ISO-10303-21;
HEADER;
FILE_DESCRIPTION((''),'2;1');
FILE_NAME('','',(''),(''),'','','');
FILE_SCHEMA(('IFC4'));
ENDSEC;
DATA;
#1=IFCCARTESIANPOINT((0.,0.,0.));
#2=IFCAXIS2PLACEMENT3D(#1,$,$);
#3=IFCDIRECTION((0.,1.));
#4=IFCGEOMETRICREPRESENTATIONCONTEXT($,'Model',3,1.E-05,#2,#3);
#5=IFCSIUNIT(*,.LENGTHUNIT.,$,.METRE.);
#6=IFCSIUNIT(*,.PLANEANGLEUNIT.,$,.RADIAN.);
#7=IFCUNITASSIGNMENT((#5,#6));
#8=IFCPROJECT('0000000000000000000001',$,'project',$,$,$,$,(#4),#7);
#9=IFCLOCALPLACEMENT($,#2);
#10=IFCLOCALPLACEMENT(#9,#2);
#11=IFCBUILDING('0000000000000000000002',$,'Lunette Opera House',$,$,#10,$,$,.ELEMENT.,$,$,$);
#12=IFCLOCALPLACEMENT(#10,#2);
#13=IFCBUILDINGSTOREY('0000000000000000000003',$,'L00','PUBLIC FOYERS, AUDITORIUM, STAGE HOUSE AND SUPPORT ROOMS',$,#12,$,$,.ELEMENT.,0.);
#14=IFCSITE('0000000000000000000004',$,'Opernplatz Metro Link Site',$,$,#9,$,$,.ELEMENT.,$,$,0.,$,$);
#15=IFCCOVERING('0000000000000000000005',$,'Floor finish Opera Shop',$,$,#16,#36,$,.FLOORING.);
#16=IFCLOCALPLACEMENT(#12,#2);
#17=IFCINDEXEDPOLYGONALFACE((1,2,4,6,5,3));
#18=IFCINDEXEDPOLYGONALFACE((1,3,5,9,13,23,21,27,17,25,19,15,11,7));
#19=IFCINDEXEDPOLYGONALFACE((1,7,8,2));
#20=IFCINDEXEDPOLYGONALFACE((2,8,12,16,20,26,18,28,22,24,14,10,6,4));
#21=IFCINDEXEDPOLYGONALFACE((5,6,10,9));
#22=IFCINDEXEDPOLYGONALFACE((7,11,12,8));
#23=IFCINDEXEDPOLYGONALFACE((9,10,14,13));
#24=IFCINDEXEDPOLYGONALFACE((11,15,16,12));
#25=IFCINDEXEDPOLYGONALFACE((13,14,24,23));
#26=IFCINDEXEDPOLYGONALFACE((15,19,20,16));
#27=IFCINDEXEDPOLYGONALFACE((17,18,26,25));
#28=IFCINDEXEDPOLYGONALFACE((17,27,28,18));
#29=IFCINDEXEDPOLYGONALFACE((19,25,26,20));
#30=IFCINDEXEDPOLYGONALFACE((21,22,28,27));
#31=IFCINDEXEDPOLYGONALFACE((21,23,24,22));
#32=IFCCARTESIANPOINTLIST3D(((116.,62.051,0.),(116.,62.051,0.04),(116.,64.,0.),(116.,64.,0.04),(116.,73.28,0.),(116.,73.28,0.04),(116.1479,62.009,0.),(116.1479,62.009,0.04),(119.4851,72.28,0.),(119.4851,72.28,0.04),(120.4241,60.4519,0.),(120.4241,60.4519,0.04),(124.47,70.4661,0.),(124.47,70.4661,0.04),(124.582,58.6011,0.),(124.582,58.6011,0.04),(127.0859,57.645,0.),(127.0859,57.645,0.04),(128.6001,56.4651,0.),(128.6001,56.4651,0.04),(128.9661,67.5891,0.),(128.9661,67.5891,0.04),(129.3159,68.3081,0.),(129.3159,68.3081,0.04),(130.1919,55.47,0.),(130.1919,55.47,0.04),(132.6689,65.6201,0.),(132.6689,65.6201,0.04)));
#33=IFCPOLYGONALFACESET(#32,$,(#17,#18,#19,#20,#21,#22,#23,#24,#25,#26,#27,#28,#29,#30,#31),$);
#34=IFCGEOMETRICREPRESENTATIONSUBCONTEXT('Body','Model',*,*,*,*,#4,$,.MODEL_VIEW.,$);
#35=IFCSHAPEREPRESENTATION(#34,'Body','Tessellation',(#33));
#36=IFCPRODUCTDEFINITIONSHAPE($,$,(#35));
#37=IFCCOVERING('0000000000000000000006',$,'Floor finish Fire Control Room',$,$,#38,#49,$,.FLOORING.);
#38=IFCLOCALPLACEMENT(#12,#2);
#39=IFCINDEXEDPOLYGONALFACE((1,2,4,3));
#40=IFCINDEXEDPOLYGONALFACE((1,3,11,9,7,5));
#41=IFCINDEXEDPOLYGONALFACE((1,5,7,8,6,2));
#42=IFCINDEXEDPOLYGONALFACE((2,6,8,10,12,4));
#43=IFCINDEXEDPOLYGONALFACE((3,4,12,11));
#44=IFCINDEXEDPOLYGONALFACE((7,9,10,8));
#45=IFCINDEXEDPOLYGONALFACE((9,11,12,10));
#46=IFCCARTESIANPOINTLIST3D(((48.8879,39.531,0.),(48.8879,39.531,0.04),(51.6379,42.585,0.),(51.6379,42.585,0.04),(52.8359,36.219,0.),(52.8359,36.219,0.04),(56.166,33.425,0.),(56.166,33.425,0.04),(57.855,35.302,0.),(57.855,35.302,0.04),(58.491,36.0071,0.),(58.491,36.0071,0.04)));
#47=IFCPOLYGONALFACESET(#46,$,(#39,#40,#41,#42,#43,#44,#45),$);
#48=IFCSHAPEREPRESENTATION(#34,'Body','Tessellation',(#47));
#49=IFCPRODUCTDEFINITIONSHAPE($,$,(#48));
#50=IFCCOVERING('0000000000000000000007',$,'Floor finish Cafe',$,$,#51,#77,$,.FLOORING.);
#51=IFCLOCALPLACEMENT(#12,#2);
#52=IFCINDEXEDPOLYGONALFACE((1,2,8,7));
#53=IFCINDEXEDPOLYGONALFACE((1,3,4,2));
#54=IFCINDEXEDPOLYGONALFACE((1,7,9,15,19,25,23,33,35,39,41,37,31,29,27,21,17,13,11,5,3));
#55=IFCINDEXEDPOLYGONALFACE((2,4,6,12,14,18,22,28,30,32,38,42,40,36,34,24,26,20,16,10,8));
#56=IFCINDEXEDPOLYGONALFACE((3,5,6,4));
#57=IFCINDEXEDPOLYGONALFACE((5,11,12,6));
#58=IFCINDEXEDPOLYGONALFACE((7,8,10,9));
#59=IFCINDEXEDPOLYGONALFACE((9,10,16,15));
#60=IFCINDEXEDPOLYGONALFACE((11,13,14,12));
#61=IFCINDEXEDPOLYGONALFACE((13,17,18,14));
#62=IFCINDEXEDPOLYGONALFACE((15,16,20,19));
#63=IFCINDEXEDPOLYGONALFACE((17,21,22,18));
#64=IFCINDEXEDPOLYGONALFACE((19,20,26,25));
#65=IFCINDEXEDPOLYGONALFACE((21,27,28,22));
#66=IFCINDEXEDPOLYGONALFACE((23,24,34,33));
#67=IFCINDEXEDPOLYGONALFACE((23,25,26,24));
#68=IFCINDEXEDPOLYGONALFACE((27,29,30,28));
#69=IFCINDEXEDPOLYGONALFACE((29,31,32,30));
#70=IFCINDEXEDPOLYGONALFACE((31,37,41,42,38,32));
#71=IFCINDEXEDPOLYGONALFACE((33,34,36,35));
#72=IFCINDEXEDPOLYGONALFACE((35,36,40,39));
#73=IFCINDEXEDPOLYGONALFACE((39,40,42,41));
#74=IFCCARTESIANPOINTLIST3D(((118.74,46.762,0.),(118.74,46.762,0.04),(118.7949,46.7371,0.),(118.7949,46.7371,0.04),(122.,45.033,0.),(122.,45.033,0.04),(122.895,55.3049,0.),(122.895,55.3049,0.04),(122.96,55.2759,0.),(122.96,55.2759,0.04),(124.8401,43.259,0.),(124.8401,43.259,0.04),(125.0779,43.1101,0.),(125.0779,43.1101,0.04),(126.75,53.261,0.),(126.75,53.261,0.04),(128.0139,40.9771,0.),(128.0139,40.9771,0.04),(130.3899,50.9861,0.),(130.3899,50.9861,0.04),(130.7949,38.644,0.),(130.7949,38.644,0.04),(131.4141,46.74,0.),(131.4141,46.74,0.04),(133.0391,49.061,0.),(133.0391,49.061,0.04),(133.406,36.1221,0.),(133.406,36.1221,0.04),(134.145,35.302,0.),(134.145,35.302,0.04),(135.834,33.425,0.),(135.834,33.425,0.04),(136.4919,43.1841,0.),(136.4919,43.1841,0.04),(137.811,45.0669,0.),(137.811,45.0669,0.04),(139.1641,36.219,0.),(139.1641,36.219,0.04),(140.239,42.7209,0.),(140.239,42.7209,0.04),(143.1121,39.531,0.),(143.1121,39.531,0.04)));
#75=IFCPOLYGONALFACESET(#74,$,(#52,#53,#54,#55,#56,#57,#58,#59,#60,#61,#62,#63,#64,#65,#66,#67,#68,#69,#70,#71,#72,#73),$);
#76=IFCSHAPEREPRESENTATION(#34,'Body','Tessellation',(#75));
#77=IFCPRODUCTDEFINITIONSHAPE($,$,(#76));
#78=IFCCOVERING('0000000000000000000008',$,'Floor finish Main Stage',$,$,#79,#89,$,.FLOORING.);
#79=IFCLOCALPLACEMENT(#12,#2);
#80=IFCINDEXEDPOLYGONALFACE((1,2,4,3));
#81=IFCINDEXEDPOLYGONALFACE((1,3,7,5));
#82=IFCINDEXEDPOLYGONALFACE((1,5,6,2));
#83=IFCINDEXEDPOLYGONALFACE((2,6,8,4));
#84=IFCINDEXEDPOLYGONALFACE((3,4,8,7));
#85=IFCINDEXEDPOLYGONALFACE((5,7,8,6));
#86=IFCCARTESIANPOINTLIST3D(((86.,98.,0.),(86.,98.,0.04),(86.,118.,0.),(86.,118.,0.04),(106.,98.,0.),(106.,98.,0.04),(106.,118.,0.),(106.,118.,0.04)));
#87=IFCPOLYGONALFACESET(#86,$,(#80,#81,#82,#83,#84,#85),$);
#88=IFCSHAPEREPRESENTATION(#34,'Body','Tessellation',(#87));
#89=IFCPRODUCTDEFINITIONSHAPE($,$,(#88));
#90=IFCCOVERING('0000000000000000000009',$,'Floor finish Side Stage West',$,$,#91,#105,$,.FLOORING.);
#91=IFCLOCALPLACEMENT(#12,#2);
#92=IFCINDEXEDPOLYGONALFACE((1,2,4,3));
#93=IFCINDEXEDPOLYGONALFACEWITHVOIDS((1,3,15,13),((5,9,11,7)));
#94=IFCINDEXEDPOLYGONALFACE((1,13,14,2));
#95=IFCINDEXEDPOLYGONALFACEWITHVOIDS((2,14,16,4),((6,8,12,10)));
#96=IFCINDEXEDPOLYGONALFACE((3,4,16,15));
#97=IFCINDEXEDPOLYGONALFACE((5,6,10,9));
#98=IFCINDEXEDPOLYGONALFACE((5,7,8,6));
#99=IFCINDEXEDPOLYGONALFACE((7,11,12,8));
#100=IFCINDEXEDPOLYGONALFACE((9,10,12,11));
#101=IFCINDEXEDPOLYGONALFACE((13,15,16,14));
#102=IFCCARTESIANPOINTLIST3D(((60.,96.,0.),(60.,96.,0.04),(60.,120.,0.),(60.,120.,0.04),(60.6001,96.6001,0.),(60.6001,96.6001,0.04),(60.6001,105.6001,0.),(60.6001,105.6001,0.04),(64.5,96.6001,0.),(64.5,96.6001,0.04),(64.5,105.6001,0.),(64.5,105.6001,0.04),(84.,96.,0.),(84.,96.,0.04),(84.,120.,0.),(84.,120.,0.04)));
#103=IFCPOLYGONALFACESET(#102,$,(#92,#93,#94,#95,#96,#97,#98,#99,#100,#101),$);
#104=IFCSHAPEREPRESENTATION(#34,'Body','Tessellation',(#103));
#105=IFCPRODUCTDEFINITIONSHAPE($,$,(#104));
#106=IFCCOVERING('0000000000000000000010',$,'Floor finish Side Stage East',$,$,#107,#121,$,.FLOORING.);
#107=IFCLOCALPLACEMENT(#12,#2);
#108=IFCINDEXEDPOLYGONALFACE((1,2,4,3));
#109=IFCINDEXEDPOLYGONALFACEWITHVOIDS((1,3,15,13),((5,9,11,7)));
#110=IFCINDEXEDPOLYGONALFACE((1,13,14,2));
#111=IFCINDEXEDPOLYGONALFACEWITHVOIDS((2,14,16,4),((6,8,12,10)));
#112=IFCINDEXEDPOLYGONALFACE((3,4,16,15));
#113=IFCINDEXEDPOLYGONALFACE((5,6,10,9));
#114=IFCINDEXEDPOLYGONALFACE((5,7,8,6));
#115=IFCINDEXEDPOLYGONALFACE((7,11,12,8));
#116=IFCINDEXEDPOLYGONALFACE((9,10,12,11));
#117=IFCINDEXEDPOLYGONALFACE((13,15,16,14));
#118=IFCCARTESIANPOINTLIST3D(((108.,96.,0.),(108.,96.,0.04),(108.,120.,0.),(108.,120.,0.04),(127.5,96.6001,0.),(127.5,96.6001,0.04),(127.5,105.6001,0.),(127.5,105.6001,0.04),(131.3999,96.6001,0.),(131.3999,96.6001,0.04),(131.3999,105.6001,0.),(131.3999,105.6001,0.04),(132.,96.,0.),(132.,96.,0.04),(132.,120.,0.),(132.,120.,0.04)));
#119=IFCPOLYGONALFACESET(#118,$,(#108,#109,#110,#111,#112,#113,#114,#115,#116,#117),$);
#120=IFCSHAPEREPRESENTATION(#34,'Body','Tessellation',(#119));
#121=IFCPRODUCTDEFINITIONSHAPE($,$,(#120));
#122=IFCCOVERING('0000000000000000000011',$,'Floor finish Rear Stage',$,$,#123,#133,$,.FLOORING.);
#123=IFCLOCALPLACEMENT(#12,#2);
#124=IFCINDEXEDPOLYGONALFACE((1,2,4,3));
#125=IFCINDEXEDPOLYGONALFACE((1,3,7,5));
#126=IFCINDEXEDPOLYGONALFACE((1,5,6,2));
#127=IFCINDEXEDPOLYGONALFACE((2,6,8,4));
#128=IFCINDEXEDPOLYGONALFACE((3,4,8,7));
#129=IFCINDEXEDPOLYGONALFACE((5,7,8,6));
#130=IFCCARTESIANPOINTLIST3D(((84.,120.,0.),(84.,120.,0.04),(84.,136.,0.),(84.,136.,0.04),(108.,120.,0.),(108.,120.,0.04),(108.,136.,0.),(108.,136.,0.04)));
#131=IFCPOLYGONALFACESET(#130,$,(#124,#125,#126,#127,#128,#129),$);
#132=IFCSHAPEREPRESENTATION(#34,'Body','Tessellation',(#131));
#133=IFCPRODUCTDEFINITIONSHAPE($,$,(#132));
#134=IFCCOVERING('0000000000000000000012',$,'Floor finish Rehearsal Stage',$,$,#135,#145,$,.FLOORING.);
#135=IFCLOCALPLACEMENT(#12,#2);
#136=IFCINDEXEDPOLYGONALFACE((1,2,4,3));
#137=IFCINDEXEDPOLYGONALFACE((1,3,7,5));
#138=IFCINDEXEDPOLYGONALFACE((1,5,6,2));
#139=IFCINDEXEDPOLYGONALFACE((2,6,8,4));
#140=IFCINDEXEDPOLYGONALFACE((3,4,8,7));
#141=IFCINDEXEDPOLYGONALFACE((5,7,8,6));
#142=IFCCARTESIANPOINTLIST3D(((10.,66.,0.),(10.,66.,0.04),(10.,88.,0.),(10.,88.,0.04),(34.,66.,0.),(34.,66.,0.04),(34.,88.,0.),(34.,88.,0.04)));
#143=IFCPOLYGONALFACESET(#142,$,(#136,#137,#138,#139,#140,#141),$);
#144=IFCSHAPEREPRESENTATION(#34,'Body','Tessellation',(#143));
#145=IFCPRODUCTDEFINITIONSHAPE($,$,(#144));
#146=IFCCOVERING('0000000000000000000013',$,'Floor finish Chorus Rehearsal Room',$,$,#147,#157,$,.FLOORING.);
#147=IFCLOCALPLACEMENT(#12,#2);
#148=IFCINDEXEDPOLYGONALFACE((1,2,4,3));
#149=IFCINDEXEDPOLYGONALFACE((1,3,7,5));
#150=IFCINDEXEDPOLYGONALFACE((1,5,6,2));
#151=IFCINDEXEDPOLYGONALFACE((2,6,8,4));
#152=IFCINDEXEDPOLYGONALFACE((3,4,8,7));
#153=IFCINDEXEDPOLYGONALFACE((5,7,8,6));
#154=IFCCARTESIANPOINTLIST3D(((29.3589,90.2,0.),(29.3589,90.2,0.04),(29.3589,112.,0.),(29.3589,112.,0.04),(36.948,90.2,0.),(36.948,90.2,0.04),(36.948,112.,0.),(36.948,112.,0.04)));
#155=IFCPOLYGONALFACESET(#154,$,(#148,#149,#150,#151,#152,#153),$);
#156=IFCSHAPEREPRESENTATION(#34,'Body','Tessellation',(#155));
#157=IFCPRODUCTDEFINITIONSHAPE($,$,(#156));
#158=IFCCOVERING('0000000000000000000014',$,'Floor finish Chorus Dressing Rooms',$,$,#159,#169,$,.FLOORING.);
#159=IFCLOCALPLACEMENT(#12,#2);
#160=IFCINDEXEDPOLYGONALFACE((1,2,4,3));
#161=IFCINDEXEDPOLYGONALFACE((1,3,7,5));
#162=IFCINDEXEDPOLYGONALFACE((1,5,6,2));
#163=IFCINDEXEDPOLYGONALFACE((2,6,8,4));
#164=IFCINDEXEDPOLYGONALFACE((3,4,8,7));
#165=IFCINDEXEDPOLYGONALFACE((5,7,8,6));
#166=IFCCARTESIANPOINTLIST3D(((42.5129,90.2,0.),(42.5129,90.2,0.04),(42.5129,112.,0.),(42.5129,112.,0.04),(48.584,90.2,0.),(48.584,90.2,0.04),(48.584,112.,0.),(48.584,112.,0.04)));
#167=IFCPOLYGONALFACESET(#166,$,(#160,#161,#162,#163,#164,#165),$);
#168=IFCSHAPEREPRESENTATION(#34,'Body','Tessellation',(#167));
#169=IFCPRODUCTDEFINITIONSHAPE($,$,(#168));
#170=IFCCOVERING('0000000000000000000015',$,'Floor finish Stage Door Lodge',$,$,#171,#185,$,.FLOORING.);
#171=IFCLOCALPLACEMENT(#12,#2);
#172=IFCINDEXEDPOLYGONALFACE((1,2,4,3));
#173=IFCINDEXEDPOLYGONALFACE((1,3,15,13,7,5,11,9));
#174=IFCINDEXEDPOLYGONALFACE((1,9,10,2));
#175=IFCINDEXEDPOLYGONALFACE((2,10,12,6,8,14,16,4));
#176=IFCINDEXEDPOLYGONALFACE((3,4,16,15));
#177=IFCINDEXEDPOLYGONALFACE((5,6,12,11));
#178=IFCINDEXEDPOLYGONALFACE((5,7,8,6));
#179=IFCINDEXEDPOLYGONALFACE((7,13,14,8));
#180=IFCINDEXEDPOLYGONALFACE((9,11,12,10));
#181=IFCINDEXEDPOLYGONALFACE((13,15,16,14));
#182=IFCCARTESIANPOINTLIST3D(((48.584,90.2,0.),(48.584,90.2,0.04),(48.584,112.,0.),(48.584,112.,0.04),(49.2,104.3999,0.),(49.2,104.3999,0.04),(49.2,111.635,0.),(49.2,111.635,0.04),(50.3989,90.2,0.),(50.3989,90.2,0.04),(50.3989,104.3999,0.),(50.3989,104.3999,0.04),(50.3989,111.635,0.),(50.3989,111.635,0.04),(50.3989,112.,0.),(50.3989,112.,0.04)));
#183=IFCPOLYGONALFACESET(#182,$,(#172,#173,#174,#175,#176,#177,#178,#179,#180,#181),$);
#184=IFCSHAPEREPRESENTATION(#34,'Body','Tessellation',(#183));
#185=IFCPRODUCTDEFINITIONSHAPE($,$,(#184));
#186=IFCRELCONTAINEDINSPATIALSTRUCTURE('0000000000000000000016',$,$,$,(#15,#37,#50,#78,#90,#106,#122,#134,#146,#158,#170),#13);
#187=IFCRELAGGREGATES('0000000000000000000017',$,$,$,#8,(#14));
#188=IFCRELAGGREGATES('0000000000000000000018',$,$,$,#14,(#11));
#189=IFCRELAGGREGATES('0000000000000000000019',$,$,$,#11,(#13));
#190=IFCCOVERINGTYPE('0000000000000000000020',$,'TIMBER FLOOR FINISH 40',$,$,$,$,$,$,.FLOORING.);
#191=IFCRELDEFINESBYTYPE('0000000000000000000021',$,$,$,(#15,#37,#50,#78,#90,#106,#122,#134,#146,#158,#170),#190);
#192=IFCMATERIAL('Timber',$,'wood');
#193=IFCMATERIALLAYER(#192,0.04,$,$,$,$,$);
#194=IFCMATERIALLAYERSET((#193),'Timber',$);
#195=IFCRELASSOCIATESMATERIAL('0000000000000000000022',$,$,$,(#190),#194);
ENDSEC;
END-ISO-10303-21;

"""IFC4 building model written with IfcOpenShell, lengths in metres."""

from ifc_helpers import new_model, si_unit, direction, origin, place, context, subcontext, project, spatial, polyline, outline, extrude, material, layer, layer_set, type_object, element, save


model = new_model("IFC4")

# Units and contexts
model_context = context("Model", 3, precision=1e-05, world=origin(), true_north=direction((0.0, 1.0)))
body_context = subcontext(model_context, "Body", "Model", "MODEL_VIEW")
ifc_project = project(units=[si_unit("LENGTHUNIT", "METRE"), si_unit("PLANEANGLEUNIT", "RADIAN")], contexts=[model_context])

# Site, building, storey
site_placement = place(None, origin())
site = spatial("IfcSite", under=ifc_project, at=site_placement, Name="Opernplatz Metro Link Site", CompositionType="ELEMENT", RefElevation=0.0)
building_placement = place(site_placement, origin())
building = spatial("IfcBuilding", under=site, at=building_placement, Name="Lunette Opera House", CompositionType="ELEMENT")
storey_placement = place(building_placement, origin())
storey = spatial("IfcBuildingStorey", under=building, at=storey_placement, Name="L00", Description="PUBLIC FOYERS, AUDITORIUM, STAGE HOUSE AND SUPPORT ROOMS", CompositionType="ELEMENT", Elevation=0.0)

# Coverings
ifc_material_1 = material(Name="Timber", Category="wood")
ifc_layer_1 = layer(ifc_material_1, 0.04)
ifc_layer_set_1 = layer_set([ifc_layer_1], Name="Timber")
covering_type_1 = type_object("IfcCoveringType", Name="TIMBER FLOOR FINISH 40", PredefinedType="FLOORING", material=ifc_layer_set_1)
covering_1_placement = place(storey_placement, origin())
element("IfcCovering", 1, at=covering_1_placement, inside=storey, type_object=covering_type_1, Name="Floor finish Opera Shop", PredefinedType="FLOORING", context=body_context, shape_type="SweptSolid", body=[
    extrude(outline(polyline([(124.47, 70.4661), (129.3159, 68.3081), (128.9661, 67.5891), (132.6689, 65.6201), (127.0859, 57.645), (130.1919, 55.47), (128.6001, 56.4651), (124.582, 58.6011), (120.4241, 60.4519), (116.1479, 62.009), (116.0, 62.051), (116.0, 64.0), (116.0, 73.28), (119.4851, 72.28), (124.47, 70.4661)])), origin(), (0.0, 0.0, 1.0), 0.04),
])
covering_2_placement = place(storey_placement, origin())
element("IfcCovering", 2, at=covering_2_placement, inside=storey, type_object=covering_type_1, Name="Floor finish Fire Control Room", PredefinedType="FLOORING", context=body_context, shape_type="SweptSolid", body=[
    extrude(outline(polyline([(56.166, 33.425), (52.8359, 36.219), (48.8879, 39.531), (51.6379, 42.585), (58.491, 36.0071), (57.855, 35.302), (56.166, 33.425)])), origin(), (0.0, 0.0, 1.0), 0.04),
])
covering_3_placement = place(storey_placement, origin())
element("IfcCovering", 3, at=covering_3_placement, inside=storey, type_object=covering_type_1, Name="Floor finish Cafe", PredefinedType="FLOORING", context=body_context, shape_type="SweptSolid", body=[
    extrude(outline(polyline([(126.75, 53.261), (130.3899, 50.9861), (133.0391, 49.061), (131.4141, 46.74), (136.4919, 43.1841), (137.811, 45.0669), (140.239, 42.7209), (143.1121, 39.531), (139.1641, 36.219), (135.834, 33.425), (134.145, 35.302), (133.406, 36.1221), (130.7949, 38.644), (128.0139, 40.9771), (125.0779, 43.1101), (124.8401, 43.259), (122.0, 45.033), (118.7949, 46.7371), (118.74, 46.762), (122.895, 55.3049), (122.96, 55.2759), (126.75, 53.261)])), origin(), (0.0, 0.0, 1.0), 0.04),
])
covering_4_placement = place(storey_placement, origin())
element("IfcCovering", 4, at=covering_4_placement, inside=storey, type_object=covering_type_1, Name="Floor finish Main Stage", PredefinedType="FLOORING", context=body_context, shape_type="SweptSolid", body=[
    extrude(outline(polyline([(106.0, 98.0), (86.0, 98.0), (86.0, 118.0), (106.0, 118.0), (106.0, 98.0)])), origin(), (0.0, 0.0, 1.0), 0.04),
])
covering_5_placement = place(storey_placement, origin())
element("IfcCovering", 5, at=covering_5_placement, inside=storey, type_object=covering_type_1, Name="Floor finish Side Stage West", PredefinedType="FLOORING", context=body_context, shape_type="SweptSolid", body=[
    extrude(outline(polyline([(60.0, 120.0), (84.0, 120.0), (84.0, 96.0), (60.0, 96.0), (60.0, 120.0)]), holes=[polyline([(64.5, 96.6001), (64.5, 105.6001), (60.6001, 105.6001), (60.6001, 96.6001), (64.5, 96.6001)])]), origin(), (0.0, 0.0, 1.0), 0.04),
])
covering_6_placement = place(storey_placement, origin())
element("IfcCovering", 6, at=covering_6_placement, inside=storey, type_object=covering_type_1, Name="Floor finish Side Stage East", PredefinedType="FLOORING", context=body_context, shape_type="SweptSolid", body=[
    extrude(outline(polyline([(108.0, 120.0), (132.0, 120.0), (132.0, 96.0), (108.0, 96.0), (108.0, 120.0)]), holes=[polyline([(127.5, 96.6001), (131.3999, 96.6001), (131.3999, 105.6001), (127.5, 105.6001), (127.5, 96.6001)])]), origin(), (0.0, 0.0, 1.0), 0.04),
])
covering_7_placement = place(storey_placement, origin())
element("IfcCovering", 7, at=covering_7_placement, inside=storey, type_object=covering_type_1, Name="Floor finish Rear Stage", PredefinedType="FLOORING", context=body_context, shape_type="SweptSolid", body=[
    extrude(outline(polyline([(84.0, 136.0), (108.0, 136.0), (108.0, 120.0), (84.0, 120.0), (84.0, 136.0)])), origin(), (0.0, 0.0, 1.0), 0.04),
])
covering_8_placement = place(storey_placement, origin())
element("IfcCovering", 8, at=covering_8_placement, inside=storey, type_object=covering_type_1, Name="Floor finish Rehearsal Stage", PredefinedType="FLOORING", context=body_context, shape_type="SweptSolid", body=[
    extrude(outline(polyline([(34.0, 66.0), (34.0, 88.0), (10.0, 88.0), (10.0, 66.0), (34.0, 66.0)])), origin(), (0.0, 0.0, 1.0), 0.04),
])
covering_9_placement = place(storey_placement, origin())
element("IfcCovering", 9, at=covering_9_placement, inside=storey, type_object=covering_type_1, Name="Floor finish Chorus Rehearsal Room", PredefinedType="FLOORING", context=body_context, shape_type="SweptSolid", body=[
    extrude(outline(polyline([(29.3589, 90.2), (29.3589, 112.0), (36.948, 112.0), (36.948, 90.2), (29.3589, 90.2)])), origin(), (0.0, 0.0, 1.0), 0.04),
])
covering_10_placement = place(storey_placement, origin())
element("IfcCovering", 10, at=covering_10_placement, inside=storey, type_object=covering_type_1, Name="Floor finish Chorus Dressing Rooms", PredefinedType="FLOORING", context=body_context, shape_type="SweptSolid", body=[
    extrude(outline(polyline([(42.5129, 112.0), (48.584, 112.0), (48.584, 90.2), (42.5129, 90.2), (42.5129, 112.0)])), origin(), (0.0, 0.0, 1.0), 0.04),
])
covering_11_placement = place(storey_placement, origin())
element("IfcCovering", 11, at=covering_11_placement, inside=storey, type_object=covering_type_1, Name="Floor finish Stage Door Lodge", PredefinedType="FLOORING", context=body_context, shape_type="SweptSolid", body=[
    extrude(outline(polyline([(48.584, 90.2), (48.584, 112.0), (50.3989, 112.0), (50.3989, 111.635), (49.2, 111.635), (49.2, 104.3999), (50.3989, 104.3999), (50.3989, 90.2), (48.584, 90.2)])), origin(), (0.0, 0.0, 1.0), 0.04),
])

save(model, "model.ifc")
